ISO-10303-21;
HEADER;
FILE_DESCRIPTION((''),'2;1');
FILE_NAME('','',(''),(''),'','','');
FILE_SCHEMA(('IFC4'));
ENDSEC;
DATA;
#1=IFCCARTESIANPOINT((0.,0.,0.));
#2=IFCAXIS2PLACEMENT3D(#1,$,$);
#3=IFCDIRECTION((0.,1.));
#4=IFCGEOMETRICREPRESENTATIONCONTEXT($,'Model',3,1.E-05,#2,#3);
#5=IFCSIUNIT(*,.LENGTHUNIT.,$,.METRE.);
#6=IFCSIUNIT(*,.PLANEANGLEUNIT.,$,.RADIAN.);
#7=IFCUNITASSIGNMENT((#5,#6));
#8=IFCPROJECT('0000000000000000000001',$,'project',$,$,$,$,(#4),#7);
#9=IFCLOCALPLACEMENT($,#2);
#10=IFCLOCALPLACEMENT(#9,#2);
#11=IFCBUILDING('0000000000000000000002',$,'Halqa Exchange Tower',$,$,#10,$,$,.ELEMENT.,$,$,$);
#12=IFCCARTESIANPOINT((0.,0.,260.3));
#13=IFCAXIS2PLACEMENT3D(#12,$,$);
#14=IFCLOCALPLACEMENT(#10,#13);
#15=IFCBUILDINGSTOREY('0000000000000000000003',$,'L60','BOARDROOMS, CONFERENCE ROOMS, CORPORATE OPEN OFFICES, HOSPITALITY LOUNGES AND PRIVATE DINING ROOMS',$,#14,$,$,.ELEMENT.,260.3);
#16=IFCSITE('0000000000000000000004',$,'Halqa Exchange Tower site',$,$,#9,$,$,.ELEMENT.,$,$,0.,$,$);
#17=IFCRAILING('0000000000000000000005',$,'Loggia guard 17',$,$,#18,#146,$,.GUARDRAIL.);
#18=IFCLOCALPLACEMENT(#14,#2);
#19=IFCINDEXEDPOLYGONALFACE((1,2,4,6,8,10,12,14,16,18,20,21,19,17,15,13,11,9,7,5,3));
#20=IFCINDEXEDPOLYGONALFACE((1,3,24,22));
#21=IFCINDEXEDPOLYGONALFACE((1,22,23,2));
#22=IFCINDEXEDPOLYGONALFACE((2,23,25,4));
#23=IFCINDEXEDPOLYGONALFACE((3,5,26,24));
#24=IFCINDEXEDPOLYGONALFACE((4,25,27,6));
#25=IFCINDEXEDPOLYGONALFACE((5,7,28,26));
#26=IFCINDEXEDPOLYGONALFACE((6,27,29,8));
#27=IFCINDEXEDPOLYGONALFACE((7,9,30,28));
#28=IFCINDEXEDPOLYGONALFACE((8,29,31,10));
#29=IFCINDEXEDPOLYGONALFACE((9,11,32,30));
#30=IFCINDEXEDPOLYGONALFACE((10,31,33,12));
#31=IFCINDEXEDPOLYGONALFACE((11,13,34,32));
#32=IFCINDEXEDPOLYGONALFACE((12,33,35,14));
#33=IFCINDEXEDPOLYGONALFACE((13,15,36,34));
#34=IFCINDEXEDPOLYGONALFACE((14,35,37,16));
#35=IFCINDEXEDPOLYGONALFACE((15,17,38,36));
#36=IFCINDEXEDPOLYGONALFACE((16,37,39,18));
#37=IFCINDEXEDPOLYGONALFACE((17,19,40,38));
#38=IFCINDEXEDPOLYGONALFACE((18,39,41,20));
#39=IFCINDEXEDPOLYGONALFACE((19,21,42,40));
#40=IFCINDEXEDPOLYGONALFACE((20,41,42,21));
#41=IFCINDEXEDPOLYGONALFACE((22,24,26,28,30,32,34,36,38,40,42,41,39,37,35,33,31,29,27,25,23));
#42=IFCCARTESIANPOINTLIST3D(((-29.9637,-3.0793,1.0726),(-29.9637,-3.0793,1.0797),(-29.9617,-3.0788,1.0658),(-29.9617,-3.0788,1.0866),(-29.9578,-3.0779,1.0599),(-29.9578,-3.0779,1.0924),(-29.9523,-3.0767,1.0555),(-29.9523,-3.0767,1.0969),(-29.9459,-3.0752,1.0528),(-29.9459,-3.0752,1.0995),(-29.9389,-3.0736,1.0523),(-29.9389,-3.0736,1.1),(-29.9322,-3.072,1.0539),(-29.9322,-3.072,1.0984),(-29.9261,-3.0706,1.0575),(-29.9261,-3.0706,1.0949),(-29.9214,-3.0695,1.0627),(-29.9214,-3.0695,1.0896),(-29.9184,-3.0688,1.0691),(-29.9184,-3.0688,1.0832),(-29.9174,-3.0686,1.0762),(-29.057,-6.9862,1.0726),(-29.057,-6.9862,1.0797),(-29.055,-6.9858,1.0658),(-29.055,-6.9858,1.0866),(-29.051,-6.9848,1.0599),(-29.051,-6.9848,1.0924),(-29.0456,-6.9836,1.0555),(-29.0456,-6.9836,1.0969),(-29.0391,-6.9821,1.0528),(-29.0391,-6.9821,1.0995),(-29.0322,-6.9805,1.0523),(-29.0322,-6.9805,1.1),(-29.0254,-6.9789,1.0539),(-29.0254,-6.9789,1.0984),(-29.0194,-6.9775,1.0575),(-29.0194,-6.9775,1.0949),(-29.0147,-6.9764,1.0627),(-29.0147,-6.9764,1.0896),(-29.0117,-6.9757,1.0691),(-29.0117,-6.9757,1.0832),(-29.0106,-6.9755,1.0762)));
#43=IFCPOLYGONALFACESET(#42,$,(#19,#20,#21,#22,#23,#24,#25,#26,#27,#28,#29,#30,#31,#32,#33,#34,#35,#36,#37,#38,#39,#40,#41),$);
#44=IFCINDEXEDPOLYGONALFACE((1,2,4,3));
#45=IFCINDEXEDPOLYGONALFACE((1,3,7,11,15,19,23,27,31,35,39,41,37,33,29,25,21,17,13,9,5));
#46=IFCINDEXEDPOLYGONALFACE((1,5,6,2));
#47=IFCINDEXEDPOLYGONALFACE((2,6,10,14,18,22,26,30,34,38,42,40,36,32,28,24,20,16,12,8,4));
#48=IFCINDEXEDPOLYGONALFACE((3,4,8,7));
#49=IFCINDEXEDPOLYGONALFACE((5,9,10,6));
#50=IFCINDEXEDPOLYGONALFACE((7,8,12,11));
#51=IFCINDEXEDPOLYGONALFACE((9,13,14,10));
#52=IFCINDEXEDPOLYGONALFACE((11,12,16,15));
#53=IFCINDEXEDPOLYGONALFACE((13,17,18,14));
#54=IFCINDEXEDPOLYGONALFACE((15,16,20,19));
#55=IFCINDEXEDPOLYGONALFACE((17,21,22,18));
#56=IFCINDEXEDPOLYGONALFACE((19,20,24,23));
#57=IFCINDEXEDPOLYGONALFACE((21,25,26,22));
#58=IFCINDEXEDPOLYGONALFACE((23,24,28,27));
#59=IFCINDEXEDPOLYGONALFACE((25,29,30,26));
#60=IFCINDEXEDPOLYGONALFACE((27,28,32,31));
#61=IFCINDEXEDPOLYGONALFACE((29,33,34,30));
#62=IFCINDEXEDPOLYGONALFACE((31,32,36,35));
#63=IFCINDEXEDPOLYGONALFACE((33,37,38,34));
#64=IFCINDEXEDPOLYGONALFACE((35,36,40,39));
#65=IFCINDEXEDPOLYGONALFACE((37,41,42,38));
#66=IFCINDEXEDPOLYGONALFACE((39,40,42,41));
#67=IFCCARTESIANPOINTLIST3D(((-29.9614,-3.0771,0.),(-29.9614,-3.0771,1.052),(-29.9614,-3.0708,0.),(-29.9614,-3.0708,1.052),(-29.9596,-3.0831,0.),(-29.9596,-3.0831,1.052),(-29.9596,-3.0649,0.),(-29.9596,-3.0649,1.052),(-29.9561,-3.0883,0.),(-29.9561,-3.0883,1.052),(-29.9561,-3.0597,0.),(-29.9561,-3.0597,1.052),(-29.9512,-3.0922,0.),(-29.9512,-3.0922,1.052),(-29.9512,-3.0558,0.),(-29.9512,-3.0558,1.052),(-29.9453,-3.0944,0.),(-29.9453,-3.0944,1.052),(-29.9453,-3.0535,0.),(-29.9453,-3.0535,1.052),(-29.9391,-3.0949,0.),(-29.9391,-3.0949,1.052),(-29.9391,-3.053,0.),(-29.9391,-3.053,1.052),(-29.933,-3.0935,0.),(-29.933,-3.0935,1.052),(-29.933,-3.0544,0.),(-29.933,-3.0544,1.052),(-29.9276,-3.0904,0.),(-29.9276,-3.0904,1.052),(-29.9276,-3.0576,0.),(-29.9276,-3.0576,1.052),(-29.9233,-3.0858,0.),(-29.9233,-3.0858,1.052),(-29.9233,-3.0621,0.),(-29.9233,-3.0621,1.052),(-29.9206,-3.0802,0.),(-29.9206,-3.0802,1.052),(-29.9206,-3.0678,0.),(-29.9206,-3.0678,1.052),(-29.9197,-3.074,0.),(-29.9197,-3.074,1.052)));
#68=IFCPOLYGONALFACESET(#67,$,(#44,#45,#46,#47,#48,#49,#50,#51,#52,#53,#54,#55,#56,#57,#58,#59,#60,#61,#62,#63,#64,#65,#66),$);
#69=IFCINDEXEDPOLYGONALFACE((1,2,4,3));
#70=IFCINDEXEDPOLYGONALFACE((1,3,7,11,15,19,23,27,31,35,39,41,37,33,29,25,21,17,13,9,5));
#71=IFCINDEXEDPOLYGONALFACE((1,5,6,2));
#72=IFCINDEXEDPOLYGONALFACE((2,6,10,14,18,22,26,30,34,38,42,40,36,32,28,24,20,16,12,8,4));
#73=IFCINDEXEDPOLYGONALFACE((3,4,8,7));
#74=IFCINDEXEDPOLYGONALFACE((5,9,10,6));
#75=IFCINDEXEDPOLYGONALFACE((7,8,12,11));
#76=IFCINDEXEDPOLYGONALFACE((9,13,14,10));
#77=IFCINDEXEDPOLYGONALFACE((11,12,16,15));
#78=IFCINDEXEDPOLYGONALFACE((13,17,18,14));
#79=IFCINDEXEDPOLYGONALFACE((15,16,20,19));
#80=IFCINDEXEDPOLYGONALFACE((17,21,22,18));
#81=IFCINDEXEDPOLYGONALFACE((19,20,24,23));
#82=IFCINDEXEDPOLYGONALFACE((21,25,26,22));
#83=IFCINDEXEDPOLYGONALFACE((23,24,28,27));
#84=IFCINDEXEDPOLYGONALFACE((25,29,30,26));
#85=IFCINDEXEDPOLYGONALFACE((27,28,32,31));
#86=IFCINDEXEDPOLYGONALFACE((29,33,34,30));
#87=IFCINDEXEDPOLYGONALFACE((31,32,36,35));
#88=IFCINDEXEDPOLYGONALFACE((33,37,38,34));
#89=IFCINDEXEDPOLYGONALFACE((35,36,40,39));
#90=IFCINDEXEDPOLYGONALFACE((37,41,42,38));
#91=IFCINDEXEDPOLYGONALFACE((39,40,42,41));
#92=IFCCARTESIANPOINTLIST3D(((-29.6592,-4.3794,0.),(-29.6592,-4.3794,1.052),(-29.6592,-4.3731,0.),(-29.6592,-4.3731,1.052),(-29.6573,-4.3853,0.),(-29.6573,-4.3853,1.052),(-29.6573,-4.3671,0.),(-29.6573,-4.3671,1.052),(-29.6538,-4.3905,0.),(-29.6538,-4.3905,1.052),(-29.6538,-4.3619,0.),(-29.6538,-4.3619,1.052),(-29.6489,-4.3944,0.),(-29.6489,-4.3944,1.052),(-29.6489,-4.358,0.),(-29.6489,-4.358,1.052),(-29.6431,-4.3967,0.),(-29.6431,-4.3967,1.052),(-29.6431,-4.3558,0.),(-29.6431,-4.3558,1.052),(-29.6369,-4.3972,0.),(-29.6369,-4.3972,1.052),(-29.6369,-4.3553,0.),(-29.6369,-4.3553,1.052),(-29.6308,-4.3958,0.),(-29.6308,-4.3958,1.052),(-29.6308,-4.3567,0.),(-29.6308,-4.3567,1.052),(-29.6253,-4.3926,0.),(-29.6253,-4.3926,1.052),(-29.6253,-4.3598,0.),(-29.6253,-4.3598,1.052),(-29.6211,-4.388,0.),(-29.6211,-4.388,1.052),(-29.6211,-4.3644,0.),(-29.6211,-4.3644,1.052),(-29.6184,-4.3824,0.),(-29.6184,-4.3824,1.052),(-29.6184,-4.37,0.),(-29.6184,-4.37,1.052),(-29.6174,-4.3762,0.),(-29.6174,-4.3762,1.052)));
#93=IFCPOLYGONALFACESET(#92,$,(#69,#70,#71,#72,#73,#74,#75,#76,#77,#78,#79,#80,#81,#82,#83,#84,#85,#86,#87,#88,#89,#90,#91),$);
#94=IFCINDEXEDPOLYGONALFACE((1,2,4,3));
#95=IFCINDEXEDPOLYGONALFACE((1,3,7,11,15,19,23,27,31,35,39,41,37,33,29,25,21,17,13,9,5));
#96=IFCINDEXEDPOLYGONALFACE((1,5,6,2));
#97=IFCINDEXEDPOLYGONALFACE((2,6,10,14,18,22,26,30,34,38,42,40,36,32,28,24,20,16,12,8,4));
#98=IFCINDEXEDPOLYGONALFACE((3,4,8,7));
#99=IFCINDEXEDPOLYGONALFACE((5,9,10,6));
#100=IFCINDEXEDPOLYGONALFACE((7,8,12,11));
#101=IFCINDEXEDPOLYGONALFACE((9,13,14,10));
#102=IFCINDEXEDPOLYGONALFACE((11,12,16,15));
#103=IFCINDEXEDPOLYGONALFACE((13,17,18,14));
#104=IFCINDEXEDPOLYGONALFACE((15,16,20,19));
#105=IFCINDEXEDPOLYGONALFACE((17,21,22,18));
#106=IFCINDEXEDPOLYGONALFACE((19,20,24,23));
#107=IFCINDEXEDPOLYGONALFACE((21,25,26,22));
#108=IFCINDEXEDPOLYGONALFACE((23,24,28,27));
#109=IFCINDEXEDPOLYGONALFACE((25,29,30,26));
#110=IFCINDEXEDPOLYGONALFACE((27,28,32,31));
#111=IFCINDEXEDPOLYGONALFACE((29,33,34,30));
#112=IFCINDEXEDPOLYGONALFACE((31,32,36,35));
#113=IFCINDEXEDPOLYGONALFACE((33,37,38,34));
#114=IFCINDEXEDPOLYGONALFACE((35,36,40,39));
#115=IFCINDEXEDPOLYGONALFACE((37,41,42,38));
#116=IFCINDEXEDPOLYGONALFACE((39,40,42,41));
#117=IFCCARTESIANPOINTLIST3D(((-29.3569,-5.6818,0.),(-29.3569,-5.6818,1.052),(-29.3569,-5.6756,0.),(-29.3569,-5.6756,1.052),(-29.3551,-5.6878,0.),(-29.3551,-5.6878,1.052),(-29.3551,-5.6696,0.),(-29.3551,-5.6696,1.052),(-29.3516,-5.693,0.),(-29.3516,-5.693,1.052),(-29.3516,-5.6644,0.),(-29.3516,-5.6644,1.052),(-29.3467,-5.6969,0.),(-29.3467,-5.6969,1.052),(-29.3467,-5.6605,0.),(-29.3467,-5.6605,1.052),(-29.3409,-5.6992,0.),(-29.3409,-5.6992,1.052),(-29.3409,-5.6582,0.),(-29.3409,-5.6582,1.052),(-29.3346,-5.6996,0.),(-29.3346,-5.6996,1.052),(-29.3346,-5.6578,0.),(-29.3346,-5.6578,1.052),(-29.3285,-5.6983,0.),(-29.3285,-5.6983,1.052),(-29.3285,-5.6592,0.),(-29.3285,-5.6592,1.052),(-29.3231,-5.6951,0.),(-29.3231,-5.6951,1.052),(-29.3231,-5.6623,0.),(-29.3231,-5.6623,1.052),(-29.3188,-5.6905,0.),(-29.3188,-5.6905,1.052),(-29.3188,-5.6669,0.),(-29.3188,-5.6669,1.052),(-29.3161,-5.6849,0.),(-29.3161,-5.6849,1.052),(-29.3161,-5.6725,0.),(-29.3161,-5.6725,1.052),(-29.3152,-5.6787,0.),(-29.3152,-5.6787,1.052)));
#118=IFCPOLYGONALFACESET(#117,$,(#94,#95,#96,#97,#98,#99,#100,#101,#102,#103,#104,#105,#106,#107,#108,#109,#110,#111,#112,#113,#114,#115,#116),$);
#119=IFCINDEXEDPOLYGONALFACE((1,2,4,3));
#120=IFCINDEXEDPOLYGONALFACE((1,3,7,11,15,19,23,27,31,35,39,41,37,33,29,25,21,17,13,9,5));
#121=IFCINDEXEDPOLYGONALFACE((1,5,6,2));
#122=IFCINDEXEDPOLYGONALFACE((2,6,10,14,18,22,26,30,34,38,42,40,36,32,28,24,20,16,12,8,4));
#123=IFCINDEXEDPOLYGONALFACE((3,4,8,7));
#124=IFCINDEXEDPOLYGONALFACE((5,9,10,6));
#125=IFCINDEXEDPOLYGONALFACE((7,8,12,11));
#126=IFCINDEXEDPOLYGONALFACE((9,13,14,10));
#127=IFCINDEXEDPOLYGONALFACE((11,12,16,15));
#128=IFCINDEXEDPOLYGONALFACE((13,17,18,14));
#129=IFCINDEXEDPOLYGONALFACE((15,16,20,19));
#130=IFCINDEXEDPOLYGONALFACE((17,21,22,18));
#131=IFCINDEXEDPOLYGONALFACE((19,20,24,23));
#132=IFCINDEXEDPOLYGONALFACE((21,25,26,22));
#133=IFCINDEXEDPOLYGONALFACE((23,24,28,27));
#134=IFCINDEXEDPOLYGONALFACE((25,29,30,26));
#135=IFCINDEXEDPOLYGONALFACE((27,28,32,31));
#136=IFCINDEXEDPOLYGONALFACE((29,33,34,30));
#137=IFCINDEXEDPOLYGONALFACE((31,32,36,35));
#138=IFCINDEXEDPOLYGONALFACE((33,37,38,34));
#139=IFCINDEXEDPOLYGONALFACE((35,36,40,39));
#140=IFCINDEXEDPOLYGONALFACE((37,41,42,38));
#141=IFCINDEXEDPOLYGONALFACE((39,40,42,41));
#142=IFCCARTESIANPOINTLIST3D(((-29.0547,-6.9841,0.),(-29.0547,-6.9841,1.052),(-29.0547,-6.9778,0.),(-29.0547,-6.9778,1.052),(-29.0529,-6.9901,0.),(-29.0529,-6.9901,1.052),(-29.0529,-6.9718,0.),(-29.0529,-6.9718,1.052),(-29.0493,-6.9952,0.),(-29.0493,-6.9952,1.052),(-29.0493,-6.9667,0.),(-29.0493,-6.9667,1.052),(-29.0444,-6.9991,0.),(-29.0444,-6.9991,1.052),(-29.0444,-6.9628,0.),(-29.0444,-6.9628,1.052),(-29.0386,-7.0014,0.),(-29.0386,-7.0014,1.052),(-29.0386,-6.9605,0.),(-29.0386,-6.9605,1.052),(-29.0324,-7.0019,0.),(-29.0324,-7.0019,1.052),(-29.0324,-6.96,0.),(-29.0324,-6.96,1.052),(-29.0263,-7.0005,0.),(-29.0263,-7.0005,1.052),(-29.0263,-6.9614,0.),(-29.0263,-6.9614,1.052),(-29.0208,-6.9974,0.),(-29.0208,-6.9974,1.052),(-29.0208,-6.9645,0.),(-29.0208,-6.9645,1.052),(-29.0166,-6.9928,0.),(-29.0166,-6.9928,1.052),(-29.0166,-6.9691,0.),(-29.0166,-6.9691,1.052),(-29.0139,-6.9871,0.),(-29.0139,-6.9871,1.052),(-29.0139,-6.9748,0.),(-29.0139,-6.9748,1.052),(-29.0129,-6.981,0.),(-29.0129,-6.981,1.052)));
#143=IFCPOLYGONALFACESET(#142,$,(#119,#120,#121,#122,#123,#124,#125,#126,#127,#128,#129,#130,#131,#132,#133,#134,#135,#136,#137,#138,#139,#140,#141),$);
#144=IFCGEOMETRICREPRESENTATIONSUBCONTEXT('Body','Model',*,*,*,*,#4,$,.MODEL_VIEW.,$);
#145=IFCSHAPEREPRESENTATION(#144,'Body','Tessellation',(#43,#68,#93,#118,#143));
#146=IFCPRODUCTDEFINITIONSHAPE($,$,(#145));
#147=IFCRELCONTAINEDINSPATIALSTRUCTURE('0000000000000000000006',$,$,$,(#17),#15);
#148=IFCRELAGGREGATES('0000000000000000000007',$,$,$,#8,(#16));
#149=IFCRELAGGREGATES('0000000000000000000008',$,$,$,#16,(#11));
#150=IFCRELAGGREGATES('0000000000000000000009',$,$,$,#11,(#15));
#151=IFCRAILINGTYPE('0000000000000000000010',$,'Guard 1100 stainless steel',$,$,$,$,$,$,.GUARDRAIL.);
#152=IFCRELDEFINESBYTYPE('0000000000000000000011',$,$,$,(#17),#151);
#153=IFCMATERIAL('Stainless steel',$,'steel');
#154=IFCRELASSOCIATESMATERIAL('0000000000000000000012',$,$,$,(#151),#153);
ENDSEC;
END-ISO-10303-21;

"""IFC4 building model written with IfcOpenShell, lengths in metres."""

from ifc_helpers import new_model, si_unit, direction, frame, origin, origin_2d, place, context, subcontext, project, spatial, circle, extrude, material, type_object, element, save


model = new_model("IFC4")

# Units and contexts
model_context = context("Model", 3, precision=1e-05, world=origin(), true_north=direction((0.0, 1.0)))
body_context = subcontext(model_context, "Body", "Model", "MODEL_VIEW")
ifc_project = project(units=[si_unit("LENGTHUNIT", "METRE"), si_unit("PLANEANGLEUNIT", "RADIAN")], contexts=[model_context])

# Site, building, storey
site_placement = place(None, origin())
site = spatial("IfcSite", under=ifc_project, at=site_placement, Name="Halqa Exchange Tower site", CompositionType="ELEMENT", RefElevation=0.0)
building_placement = place(site_placement, origin())
building = spatial("IfcBuilding", under=site, at=building_placement, Name="Halqa Exchange Tower", CompositionType="ELEMENT")
storey_placement = place(building_placement, frame((0.0, 0.0, 260.3)))
storey = spatial("IfcBuildingStorey", under=building, at=storey_placement, Name="L60", Description="BOARDROOMS, CONFERENCE ROOMS, CORPORATE OPEN OFFICES, HOSPITALITY LOUNGES AND PRIVATE DINING ROOMS", CompositionType="ELEMENT", Elevation=260.3)

# Railing
ifc_material_1 = material(Name="Stainless steel", Category="steel")
railing_type = type_object("IfcRailingType", Name="Guard 1100 stainless steel", PredefinedType="GUARDRAIL", material=ifc_material_1)
railing_1_placement = place(storey_placement, frame((-29.9407, -3.074, 0.0)))
element("IfcRailing", 1, at=railing_1_placement, inside=storey, type_object=railing_type, Name="Loggia guard 17", PredefinedType="GUARDRAIL", context=body_context, shape_type="SweptSolid", body=[
    extrude(circle(Radius=0.0239, at=origin_2d()), frame((0.0, 0.0, 1.0762), z_axis=(0.226073, -0.97411, 0.0), x_axis=(0.97411, 0.226073, 0.0)), (0.0, 0.0, 1.0), 4.0107),
    extrude(circle(Radius=0.021, at=origin_2d()), origin(), (0.0, 0.0, 1.0), 1.052),
    extrude(circle(Radius=0.021, at=origin_2d()), frame((0.3022, -1.3022, 0.0)), (0.0, 0.0, 1.0), 1.052),
    extrude(circle(Radius=0.021, at=origin_2d()), frame((0.6045, -2.6047, 0.0)), (0.0, 0.0, 1.0), 1.052),
    extrude(circle(Radius=0.021, at=origin_2d()), frame((0.9067, -3.907, 0.0)), (0.0, 0.0, 1.0), 1.052),
])

save(model, "model.ifc")
